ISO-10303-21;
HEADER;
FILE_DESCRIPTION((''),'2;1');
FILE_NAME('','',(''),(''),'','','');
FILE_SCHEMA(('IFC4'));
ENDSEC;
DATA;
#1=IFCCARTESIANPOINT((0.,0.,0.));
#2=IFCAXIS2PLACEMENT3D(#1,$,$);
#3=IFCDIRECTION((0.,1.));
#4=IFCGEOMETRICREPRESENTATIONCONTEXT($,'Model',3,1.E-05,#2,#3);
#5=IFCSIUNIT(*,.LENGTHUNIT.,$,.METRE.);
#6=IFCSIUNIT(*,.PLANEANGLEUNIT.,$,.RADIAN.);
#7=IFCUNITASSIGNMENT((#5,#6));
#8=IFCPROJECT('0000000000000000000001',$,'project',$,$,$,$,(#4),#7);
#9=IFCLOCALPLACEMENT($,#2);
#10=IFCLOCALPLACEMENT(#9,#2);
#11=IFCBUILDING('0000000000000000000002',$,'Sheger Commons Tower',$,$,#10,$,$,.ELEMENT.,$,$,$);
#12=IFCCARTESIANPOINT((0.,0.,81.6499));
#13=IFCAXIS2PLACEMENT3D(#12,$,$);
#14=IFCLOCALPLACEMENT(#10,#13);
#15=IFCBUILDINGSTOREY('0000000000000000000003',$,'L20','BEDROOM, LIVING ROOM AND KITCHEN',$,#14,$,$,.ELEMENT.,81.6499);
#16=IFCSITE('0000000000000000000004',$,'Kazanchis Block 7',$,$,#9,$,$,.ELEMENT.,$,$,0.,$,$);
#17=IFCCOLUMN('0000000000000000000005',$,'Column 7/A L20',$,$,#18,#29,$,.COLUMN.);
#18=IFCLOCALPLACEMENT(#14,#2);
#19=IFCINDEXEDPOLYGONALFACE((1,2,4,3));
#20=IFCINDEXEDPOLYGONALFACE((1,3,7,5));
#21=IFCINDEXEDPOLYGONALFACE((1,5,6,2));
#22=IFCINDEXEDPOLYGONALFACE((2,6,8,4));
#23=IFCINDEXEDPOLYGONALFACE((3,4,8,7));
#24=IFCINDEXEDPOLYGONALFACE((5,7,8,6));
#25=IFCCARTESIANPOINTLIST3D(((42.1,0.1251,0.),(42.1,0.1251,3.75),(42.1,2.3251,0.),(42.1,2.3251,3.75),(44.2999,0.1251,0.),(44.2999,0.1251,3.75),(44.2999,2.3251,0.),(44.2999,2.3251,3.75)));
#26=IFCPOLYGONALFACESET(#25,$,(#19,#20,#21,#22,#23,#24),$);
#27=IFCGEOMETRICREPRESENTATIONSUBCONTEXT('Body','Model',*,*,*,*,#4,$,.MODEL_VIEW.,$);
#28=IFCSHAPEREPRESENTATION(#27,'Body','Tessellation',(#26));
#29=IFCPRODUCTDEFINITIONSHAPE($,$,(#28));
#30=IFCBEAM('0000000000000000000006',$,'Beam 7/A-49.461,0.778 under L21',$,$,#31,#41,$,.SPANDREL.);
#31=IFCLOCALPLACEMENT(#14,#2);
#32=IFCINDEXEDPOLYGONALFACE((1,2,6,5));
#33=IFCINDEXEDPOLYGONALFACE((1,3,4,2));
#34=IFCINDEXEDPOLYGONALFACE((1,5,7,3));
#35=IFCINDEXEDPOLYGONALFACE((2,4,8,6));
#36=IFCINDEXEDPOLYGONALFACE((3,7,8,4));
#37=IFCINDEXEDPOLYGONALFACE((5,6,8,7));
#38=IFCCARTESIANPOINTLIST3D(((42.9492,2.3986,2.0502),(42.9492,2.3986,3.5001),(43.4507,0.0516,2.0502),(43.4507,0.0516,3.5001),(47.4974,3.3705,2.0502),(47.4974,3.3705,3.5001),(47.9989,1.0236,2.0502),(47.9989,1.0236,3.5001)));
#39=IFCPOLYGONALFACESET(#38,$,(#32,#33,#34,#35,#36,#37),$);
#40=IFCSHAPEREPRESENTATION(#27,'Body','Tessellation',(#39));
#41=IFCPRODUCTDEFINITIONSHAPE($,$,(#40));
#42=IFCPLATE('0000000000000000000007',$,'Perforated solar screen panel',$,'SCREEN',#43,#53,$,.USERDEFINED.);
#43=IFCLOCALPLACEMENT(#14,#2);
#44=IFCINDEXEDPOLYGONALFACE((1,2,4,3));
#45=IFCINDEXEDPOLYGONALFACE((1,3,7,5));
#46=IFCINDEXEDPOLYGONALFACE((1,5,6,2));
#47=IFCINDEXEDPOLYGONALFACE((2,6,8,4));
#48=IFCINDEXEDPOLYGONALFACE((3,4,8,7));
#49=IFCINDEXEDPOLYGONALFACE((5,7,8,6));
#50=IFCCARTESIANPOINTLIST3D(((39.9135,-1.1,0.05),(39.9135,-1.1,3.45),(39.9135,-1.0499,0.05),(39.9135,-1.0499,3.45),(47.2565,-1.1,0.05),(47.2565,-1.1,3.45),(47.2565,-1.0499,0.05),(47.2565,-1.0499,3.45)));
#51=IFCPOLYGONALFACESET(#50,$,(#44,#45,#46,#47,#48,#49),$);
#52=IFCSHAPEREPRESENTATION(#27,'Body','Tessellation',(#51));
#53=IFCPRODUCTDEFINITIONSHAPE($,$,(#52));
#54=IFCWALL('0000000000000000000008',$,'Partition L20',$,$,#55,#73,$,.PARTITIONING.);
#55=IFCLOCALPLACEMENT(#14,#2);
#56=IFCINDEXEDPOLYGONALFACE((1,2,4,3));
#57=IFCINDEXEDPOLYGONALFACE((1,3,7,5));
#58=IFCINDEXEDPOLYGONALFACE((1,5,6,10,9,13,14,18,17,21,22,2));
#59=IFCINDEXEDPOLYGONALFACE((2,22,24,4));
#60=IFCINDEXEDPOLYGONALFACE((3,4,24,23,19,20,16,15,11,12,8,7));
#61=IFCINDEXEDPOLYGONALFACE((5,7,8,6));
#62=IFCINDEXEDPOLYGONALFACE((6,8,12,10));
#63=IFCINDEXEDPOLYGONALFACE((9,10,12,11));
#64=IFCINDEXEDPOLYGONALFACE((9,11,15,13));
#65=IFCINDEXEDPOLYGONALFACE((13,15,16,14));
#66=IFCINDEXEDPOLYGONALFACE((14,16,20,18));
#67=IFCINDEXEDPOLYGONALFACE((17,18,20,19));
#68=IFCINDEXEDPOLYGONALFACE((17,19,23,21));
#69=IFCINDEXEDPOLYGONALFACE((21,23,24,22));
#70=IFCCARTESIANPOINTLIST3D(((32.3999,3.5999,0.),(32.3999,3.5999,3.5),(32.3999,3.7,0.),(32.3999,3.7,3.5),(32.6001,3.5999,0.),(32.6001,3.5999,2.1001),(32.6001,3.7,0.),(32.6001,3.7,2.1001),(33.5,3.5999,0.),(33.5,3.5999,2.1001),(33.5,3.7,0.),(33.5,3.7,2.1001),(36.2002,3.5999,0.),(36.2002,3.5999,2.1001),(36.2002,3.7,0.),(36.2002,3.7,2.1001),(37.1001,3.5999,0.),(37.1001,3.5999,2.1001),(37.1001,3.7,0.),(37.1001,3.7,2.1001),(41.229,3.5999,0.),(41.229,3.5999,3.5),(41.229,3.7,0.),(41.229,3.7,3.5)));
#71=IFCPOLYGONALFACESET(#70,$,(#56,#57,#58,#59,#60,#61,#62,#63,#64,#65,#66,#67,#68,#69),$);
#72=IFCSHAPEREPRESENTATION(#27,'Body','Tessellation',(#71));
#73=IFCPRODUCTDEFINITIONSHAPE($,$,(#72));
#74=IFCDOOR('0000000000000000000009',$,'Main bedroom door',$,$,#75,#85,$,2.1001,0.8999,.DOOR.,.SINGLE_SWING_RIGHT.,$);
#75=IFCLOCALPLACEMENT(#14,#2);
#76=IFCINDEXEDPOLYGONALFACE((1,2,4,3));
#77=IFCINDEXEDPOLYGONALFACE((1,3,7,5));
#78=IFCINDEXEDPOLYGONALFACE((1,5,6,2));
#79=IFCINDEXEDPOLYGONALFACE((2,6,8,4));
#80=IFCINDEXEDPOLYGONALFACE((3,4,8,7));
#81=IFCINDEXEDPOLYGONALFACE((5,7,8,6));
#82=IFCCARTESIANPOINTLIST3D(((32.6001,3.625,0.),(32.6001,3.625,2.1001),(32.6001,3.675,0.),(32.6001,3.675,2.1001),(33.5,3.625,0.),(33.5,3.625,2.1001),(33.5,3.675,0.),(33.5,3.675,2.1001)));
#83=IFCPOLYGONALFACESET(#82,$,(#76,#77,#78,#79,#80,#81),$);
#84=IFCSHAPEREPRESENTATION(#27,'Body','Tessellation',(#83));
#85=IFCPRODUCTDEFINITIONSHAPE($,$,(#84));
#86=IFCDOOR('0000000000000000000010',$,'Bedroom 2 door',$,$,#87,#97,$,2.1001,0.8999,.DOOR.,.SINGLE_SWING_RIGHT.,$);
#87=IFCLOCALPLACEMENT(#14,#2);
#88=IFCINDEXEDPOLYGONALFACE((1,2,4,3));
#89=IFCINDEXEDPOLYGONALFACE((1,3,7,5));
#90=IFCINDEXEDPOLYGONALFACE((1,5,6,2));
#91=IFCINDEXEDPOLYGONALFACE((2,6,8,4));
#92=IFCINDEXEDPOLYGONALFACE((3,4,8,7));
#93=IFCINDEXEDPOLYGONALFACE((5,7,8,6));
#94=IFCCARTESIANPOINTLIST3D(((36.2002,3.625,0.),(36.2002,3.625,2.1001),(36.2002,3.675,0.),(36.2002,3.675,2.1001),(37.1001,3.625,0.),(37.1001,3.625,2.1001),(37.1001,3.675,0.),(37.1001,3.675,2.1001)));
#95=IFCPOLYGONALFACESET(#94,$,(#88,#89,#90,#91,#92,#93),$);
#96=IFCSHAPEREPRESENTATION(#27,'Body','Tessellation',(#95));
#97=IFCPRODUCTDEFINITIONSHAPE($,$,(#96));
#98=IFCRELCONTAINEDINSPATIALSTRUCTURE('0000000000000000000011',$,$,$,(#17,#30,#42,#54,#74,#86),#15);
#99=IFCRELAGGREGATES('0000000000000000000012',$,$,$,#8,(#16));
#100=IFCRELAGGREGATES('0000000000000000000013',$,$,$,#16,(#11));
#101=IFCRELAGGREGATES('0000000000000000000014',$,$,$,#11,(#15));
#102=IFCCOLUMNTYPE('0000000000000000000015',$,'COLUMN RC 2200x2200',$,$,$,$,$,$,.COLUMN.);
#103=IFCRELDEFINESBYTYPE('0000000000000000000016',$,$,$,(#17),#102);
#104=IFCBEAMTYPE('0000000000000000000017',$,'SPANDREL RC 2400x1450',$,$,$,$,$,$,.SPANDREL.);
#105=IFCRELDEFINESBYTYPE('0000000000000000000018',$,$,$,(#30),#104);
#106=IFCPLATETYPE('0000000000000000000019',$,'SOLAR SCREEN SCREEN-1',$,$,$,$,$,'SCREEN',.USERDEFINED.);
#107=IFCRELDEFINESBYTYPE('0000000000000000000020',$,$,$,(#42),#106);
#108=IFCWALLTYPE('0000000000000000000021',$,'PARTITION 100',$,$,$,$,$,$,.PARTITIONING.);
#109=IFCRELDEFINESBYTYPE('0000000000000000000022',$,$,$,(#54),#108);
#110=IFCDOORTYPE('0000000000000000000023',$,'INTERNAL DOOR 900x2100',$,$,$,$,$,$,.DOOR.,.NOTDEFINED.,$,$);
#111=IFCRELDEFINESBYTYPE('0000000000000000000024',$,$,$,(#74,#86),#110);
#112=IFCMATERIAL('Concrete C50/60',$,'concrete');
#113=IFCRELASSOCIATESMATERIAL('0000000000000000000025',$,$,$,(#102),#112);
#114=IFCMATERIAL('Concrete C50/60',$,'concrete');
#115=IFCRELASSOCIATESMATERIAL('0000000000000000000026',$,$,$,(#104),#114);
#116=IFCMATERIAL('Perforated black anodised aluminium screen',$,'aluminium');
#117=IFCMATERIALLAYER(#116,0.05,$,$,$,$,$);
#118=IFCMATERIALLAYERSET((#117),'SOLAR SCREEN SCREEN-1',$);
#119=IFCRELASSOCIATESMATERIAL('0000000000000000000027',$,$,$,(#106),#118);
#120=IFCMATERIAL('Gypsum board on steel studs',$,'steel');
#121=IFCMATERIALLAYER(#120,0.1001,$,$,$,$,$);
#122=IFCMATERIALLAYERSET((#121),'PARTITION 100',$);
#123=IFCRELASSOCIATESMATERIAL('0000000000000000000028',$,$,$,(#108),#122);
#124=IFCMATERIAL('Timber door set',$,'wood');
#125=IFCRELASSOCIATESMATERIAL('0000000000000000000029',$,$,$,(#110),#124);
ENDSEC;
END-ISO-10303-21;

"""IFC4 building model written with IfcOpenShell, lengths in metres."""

from ifc_helpers import new_model, si_unit, direction, frame, frame_2d, origin, origin_2d, place, context, subcontext, project, spatial, rectangle, extrude, material, layer, layer_set, material_profile, profile_set, type_object, element, fill, save


model = new_model("IFC4")

# Units and contexts
model_context = context("Model", 3, precision=1e-05, world=origin(), true_north=direction((0.0, 1.0)))
body_context = subcontext(model_context, "Body", "Model", "MODEL_VIEW")
ifc_project = project(units=[si_unit("LENGTHUNIT", "METRE"), si_unit("PLANEANGLEUNIT", "RADIAN")], contexts=[model_context])

# Site, building, storey
site_placement = place(None, origin())
site = spatial("IfcSite", under=ifc_project, at=site_placement, Name="Kazanchis Block 7", CompositionType="ELEMENT", RefElevation=0.0)
building_placement = place(site_placement, origin())
building = spatial("IfcBuilding", under=site, at=building_placement, Name="Sheger Commons Tower", CompositionType="ELEMENT")
storey_placement = place(building_placement, frame((0.0, 0.0, 81.6499)))
storey = spatial("IfcBuildingStorey", under=building, at=storey_placement, Name="L20", Description="BEDROOM, LIVING ROOM AND KITCHEN", CompositionType="ELEMENT", Elevation=81.6499)

# Column
ifc_material_1 = material(Name="Concrete C50/60", Category="concrete")
ifc_material_profile_1 = material_profile(ifc_material_1, rectangle(XDim=2.2, YDim=2.2, at=origin_2d()), Name="RC 2200x2200")
ifc_profile_set_1 = profile_set([ifc_material_profile_1], Name="Concrete C50/60")
column_type = type_object("IfcColumnType", Name="COLUMN RC 2200x2200", PredefinedType="COLUMN", material=ifc_profile_set_1)
column_placement = place(storey_placement, frame((43.2, 1.2251, 0.0), z_axis=(0.0, 0.0, 1.0), x_axis=(1.0, 0.0, 0.0)))
element("IfcColumn", 1, at=column_placement, inside=storey, type_object=column_type, Name="Column 7/A L20", PredefinedType="COLUMN", context=body_context, shape_type="SweptSolid", body=[
    extrude(rectangle(XDim=2.2, YDim=2.2, at=origin_2d()), origin(), (0.0, 0.0, 1.0), 3.75),
])

# Beam
ifc_material_2 = material(Name="Concrete C50/60", Category="concrete")
ifc_material_profile_2 = material_profile(ifc_material_2, rectangle(XDim=2.3999, YDim=1.45, at=origin_2d()), Name="RC 2400x1450")
ifc_profile_set_2 = profile_set([ifc_material_profile_2], Name="Concrete C50/60")
beam_type = type_object("IfcBeamType", Name="SPANDREL RC 2400x1450", PredefinedType="SPANDREL", material=ifc_profile_set_2)
beam_placement = place(storey_placement, frame((43.2, 1.2251, 2.7751), z_axis=(0.97792, 0.208981, 0.0), x_axis=(-0.208981, 0.97792, 0.0)))
element("IfcBeam", 2, at=beam_placement, inside=storey, type_object=beam_type, Name="Beam 7/A-49.461,0.778 under L21", PredefinedType="SPANDREL", context=body_context, shape_type="SweptSolid", body=[
    extrude(rectangle(XDim=2.3999, YDim=1.45, at=origin_2d()), origin(), (0.0, 0.0, 1.0), 4.6509),
])

# Plate
ifc_material_3 = material(Name="Perforated black anodised aluminium screen", Category="aluminium")
ifc_layer_1 = layer(ifc_material_3, 0.05)
ifc_layer_set_1 = layer_set([ifc_layer_1], Name="SOLAR SCREEN SCREEN-1")
plate_type = type_object("IfcPlateType", Name="SOLAR SCREEN SCREEN-1", ElementType="SCREEN", PredefinedType="USERDEFINED", material=ifc_layer_set_1)
plate_placement = place(storey_placement, frame((43.585, -1.075, 0.05), z_axis=(0.0, 0.0, 1.0), x_axis=(1.0, 0.0, 0.0)))
element("IfcPlate", 3, at=plate_placement, inside=storey, type_object=plate_type, Name="Perforated solar screen panel", ObjectType="SCREEN", PredefinedType="USERDEFINED", context=body_context, shape_type="SweptSolid", body=[
    extrude(rectangle(XDim=7.343, YDim=0.05, at=origin_2d()), origin(), (0.0, 0.0, 1.0), 3.3999),
])

# Wall, openings, doors
ifc_material_4 = material(Name="Gypsum board on steel studs", Category="steel")
ifc_layer_2 = layer(ifc_material_4, 0.1001)
ifc_layer_set_2 = layer_set([ifc_layer_2], Name="PARTITION 100")
wall_type = type_object("IfcWallType", Name="PARTITION 100", PredefinedType="PARTITIONING", material=ifc_layer_set_2)
wall_1_placement = place(storey_placement, frame((41.229, 3.6499, 0.0), z_axis=(0.0, 0.0, 1.0), x_axis=(-1.0, 0.0, 0.0)))
wall_1 = element("IfcWall", 4, at=wall_1_placement, inside=storey, type_object=wall_type, Name="Partition L20", PredefinedType="PARTITIONING", context=body_context, shape_type="SweptSolid", body=[
    extrude(rectangle(XDim=8.8291, YDim=0.1001, at=frame_2d((4.4146, 0.0))), origin(), (0.0, 0.0, 1.0), 3.5),
])
opening_1_placement = place(wall_1_placement, frame((7.729, 0.0, 0.0)))
opening_1 = element("IfcOpeningElement", 5, at=opening_1_placement, cuts=wall_1, PredefinedType="OPENING", context=body_context, shape_type="SweptSolid", body=[
    extrude(rectangle(XDim=0.8999, YDim=2.1001, at=frame_2d((0.45, 1.05))), frame((0.0, 0.0601, 0.0), z_axis=(0.0, -1.0, 0.0), x_axis=(1.0, 0.0, 0.0)), (0.0, 0.0, 1.0), 0.1201),
])
opening_2_placement = place(wall_1_placement, frame((4.1289, 0.0, 0.0)))
opening_2 = element("IfcOpeningElement", 6, at=opening_2_placement, cuts=wall_1, PredefinedType="OPENING", context=body_context, shape_type="SweptSolid", body=[
    extrude(rectangle(XDim=0.8999, YDim=2.1001, at=frame_2d((0.45, 1.05))), frame((0.0, 0.0601, 0.0), z_axis=(0.0, -1.0, 0.0), x_axis=(1.0, 0.0, 0.0)), (0.0, 0.0, 1.0), 0.1201),
])
ifc_material_5 = material(Name="Timber door set", Category="wood")
door_type = type_object("IfcDoorType", Name="INTERNAL DOOR 900x2100", OperationType="NOTDEFINED", PredefinedType="DOOR", material=ifc_material_5)
door_1_placement = place(opening_1_placement, origin())
door_1 = element("IfcDoor", 7, at=door_1_placement, inside=storey, type_object=door_type, Name="Main bedroom door", OperationType="SINGLE_SWING_RIGHT", OverallHeight=2.1001, OverallWidth=0.8999, PredefinedType="DOOR", context=body_context, shape_type="SweptSolid", body=[
    extrude(rectangle(XDim=0.8999, YDim=2.1001, at=frame_2d((0.45, 1.05))), frame((0.0, 0.0249, 0.0), z_axis=(0.0, -1.0, 0.0), x_axis=(1.0, 0.0, 0.0)), (0.0, 0.0, 1.0), 0.05),
])
fill(opening_1, door_1)
door_2_placement = place(opening_2_placement, origin())
door_2 = element("IfcDoor", 8, at=door_2_placement, inside=storey, type_object=door_type, Name="Bedroom 2 door", OperationType="SINGLE_SWING_RIGHT", OverallHeight=2.1001, OverallWidth=0.8999, PredefinedType="DOOR", context=body_context, shape_type="SweptSolid", body=[
    extrude(rectangle(XDim=0.8999, YDim=2.1001, at=frame_2d((0.45, 1.05))), frame((0.0, 0.0249, 0.0), z_axis=(0.0, -1.0, 0.0), x_axis=(1.0, 0.0, 0.0)), (0.0, 0.0, 1.0), 0.05),
])
fill(opening_2, door_2)

save(model, "model.ifc")
